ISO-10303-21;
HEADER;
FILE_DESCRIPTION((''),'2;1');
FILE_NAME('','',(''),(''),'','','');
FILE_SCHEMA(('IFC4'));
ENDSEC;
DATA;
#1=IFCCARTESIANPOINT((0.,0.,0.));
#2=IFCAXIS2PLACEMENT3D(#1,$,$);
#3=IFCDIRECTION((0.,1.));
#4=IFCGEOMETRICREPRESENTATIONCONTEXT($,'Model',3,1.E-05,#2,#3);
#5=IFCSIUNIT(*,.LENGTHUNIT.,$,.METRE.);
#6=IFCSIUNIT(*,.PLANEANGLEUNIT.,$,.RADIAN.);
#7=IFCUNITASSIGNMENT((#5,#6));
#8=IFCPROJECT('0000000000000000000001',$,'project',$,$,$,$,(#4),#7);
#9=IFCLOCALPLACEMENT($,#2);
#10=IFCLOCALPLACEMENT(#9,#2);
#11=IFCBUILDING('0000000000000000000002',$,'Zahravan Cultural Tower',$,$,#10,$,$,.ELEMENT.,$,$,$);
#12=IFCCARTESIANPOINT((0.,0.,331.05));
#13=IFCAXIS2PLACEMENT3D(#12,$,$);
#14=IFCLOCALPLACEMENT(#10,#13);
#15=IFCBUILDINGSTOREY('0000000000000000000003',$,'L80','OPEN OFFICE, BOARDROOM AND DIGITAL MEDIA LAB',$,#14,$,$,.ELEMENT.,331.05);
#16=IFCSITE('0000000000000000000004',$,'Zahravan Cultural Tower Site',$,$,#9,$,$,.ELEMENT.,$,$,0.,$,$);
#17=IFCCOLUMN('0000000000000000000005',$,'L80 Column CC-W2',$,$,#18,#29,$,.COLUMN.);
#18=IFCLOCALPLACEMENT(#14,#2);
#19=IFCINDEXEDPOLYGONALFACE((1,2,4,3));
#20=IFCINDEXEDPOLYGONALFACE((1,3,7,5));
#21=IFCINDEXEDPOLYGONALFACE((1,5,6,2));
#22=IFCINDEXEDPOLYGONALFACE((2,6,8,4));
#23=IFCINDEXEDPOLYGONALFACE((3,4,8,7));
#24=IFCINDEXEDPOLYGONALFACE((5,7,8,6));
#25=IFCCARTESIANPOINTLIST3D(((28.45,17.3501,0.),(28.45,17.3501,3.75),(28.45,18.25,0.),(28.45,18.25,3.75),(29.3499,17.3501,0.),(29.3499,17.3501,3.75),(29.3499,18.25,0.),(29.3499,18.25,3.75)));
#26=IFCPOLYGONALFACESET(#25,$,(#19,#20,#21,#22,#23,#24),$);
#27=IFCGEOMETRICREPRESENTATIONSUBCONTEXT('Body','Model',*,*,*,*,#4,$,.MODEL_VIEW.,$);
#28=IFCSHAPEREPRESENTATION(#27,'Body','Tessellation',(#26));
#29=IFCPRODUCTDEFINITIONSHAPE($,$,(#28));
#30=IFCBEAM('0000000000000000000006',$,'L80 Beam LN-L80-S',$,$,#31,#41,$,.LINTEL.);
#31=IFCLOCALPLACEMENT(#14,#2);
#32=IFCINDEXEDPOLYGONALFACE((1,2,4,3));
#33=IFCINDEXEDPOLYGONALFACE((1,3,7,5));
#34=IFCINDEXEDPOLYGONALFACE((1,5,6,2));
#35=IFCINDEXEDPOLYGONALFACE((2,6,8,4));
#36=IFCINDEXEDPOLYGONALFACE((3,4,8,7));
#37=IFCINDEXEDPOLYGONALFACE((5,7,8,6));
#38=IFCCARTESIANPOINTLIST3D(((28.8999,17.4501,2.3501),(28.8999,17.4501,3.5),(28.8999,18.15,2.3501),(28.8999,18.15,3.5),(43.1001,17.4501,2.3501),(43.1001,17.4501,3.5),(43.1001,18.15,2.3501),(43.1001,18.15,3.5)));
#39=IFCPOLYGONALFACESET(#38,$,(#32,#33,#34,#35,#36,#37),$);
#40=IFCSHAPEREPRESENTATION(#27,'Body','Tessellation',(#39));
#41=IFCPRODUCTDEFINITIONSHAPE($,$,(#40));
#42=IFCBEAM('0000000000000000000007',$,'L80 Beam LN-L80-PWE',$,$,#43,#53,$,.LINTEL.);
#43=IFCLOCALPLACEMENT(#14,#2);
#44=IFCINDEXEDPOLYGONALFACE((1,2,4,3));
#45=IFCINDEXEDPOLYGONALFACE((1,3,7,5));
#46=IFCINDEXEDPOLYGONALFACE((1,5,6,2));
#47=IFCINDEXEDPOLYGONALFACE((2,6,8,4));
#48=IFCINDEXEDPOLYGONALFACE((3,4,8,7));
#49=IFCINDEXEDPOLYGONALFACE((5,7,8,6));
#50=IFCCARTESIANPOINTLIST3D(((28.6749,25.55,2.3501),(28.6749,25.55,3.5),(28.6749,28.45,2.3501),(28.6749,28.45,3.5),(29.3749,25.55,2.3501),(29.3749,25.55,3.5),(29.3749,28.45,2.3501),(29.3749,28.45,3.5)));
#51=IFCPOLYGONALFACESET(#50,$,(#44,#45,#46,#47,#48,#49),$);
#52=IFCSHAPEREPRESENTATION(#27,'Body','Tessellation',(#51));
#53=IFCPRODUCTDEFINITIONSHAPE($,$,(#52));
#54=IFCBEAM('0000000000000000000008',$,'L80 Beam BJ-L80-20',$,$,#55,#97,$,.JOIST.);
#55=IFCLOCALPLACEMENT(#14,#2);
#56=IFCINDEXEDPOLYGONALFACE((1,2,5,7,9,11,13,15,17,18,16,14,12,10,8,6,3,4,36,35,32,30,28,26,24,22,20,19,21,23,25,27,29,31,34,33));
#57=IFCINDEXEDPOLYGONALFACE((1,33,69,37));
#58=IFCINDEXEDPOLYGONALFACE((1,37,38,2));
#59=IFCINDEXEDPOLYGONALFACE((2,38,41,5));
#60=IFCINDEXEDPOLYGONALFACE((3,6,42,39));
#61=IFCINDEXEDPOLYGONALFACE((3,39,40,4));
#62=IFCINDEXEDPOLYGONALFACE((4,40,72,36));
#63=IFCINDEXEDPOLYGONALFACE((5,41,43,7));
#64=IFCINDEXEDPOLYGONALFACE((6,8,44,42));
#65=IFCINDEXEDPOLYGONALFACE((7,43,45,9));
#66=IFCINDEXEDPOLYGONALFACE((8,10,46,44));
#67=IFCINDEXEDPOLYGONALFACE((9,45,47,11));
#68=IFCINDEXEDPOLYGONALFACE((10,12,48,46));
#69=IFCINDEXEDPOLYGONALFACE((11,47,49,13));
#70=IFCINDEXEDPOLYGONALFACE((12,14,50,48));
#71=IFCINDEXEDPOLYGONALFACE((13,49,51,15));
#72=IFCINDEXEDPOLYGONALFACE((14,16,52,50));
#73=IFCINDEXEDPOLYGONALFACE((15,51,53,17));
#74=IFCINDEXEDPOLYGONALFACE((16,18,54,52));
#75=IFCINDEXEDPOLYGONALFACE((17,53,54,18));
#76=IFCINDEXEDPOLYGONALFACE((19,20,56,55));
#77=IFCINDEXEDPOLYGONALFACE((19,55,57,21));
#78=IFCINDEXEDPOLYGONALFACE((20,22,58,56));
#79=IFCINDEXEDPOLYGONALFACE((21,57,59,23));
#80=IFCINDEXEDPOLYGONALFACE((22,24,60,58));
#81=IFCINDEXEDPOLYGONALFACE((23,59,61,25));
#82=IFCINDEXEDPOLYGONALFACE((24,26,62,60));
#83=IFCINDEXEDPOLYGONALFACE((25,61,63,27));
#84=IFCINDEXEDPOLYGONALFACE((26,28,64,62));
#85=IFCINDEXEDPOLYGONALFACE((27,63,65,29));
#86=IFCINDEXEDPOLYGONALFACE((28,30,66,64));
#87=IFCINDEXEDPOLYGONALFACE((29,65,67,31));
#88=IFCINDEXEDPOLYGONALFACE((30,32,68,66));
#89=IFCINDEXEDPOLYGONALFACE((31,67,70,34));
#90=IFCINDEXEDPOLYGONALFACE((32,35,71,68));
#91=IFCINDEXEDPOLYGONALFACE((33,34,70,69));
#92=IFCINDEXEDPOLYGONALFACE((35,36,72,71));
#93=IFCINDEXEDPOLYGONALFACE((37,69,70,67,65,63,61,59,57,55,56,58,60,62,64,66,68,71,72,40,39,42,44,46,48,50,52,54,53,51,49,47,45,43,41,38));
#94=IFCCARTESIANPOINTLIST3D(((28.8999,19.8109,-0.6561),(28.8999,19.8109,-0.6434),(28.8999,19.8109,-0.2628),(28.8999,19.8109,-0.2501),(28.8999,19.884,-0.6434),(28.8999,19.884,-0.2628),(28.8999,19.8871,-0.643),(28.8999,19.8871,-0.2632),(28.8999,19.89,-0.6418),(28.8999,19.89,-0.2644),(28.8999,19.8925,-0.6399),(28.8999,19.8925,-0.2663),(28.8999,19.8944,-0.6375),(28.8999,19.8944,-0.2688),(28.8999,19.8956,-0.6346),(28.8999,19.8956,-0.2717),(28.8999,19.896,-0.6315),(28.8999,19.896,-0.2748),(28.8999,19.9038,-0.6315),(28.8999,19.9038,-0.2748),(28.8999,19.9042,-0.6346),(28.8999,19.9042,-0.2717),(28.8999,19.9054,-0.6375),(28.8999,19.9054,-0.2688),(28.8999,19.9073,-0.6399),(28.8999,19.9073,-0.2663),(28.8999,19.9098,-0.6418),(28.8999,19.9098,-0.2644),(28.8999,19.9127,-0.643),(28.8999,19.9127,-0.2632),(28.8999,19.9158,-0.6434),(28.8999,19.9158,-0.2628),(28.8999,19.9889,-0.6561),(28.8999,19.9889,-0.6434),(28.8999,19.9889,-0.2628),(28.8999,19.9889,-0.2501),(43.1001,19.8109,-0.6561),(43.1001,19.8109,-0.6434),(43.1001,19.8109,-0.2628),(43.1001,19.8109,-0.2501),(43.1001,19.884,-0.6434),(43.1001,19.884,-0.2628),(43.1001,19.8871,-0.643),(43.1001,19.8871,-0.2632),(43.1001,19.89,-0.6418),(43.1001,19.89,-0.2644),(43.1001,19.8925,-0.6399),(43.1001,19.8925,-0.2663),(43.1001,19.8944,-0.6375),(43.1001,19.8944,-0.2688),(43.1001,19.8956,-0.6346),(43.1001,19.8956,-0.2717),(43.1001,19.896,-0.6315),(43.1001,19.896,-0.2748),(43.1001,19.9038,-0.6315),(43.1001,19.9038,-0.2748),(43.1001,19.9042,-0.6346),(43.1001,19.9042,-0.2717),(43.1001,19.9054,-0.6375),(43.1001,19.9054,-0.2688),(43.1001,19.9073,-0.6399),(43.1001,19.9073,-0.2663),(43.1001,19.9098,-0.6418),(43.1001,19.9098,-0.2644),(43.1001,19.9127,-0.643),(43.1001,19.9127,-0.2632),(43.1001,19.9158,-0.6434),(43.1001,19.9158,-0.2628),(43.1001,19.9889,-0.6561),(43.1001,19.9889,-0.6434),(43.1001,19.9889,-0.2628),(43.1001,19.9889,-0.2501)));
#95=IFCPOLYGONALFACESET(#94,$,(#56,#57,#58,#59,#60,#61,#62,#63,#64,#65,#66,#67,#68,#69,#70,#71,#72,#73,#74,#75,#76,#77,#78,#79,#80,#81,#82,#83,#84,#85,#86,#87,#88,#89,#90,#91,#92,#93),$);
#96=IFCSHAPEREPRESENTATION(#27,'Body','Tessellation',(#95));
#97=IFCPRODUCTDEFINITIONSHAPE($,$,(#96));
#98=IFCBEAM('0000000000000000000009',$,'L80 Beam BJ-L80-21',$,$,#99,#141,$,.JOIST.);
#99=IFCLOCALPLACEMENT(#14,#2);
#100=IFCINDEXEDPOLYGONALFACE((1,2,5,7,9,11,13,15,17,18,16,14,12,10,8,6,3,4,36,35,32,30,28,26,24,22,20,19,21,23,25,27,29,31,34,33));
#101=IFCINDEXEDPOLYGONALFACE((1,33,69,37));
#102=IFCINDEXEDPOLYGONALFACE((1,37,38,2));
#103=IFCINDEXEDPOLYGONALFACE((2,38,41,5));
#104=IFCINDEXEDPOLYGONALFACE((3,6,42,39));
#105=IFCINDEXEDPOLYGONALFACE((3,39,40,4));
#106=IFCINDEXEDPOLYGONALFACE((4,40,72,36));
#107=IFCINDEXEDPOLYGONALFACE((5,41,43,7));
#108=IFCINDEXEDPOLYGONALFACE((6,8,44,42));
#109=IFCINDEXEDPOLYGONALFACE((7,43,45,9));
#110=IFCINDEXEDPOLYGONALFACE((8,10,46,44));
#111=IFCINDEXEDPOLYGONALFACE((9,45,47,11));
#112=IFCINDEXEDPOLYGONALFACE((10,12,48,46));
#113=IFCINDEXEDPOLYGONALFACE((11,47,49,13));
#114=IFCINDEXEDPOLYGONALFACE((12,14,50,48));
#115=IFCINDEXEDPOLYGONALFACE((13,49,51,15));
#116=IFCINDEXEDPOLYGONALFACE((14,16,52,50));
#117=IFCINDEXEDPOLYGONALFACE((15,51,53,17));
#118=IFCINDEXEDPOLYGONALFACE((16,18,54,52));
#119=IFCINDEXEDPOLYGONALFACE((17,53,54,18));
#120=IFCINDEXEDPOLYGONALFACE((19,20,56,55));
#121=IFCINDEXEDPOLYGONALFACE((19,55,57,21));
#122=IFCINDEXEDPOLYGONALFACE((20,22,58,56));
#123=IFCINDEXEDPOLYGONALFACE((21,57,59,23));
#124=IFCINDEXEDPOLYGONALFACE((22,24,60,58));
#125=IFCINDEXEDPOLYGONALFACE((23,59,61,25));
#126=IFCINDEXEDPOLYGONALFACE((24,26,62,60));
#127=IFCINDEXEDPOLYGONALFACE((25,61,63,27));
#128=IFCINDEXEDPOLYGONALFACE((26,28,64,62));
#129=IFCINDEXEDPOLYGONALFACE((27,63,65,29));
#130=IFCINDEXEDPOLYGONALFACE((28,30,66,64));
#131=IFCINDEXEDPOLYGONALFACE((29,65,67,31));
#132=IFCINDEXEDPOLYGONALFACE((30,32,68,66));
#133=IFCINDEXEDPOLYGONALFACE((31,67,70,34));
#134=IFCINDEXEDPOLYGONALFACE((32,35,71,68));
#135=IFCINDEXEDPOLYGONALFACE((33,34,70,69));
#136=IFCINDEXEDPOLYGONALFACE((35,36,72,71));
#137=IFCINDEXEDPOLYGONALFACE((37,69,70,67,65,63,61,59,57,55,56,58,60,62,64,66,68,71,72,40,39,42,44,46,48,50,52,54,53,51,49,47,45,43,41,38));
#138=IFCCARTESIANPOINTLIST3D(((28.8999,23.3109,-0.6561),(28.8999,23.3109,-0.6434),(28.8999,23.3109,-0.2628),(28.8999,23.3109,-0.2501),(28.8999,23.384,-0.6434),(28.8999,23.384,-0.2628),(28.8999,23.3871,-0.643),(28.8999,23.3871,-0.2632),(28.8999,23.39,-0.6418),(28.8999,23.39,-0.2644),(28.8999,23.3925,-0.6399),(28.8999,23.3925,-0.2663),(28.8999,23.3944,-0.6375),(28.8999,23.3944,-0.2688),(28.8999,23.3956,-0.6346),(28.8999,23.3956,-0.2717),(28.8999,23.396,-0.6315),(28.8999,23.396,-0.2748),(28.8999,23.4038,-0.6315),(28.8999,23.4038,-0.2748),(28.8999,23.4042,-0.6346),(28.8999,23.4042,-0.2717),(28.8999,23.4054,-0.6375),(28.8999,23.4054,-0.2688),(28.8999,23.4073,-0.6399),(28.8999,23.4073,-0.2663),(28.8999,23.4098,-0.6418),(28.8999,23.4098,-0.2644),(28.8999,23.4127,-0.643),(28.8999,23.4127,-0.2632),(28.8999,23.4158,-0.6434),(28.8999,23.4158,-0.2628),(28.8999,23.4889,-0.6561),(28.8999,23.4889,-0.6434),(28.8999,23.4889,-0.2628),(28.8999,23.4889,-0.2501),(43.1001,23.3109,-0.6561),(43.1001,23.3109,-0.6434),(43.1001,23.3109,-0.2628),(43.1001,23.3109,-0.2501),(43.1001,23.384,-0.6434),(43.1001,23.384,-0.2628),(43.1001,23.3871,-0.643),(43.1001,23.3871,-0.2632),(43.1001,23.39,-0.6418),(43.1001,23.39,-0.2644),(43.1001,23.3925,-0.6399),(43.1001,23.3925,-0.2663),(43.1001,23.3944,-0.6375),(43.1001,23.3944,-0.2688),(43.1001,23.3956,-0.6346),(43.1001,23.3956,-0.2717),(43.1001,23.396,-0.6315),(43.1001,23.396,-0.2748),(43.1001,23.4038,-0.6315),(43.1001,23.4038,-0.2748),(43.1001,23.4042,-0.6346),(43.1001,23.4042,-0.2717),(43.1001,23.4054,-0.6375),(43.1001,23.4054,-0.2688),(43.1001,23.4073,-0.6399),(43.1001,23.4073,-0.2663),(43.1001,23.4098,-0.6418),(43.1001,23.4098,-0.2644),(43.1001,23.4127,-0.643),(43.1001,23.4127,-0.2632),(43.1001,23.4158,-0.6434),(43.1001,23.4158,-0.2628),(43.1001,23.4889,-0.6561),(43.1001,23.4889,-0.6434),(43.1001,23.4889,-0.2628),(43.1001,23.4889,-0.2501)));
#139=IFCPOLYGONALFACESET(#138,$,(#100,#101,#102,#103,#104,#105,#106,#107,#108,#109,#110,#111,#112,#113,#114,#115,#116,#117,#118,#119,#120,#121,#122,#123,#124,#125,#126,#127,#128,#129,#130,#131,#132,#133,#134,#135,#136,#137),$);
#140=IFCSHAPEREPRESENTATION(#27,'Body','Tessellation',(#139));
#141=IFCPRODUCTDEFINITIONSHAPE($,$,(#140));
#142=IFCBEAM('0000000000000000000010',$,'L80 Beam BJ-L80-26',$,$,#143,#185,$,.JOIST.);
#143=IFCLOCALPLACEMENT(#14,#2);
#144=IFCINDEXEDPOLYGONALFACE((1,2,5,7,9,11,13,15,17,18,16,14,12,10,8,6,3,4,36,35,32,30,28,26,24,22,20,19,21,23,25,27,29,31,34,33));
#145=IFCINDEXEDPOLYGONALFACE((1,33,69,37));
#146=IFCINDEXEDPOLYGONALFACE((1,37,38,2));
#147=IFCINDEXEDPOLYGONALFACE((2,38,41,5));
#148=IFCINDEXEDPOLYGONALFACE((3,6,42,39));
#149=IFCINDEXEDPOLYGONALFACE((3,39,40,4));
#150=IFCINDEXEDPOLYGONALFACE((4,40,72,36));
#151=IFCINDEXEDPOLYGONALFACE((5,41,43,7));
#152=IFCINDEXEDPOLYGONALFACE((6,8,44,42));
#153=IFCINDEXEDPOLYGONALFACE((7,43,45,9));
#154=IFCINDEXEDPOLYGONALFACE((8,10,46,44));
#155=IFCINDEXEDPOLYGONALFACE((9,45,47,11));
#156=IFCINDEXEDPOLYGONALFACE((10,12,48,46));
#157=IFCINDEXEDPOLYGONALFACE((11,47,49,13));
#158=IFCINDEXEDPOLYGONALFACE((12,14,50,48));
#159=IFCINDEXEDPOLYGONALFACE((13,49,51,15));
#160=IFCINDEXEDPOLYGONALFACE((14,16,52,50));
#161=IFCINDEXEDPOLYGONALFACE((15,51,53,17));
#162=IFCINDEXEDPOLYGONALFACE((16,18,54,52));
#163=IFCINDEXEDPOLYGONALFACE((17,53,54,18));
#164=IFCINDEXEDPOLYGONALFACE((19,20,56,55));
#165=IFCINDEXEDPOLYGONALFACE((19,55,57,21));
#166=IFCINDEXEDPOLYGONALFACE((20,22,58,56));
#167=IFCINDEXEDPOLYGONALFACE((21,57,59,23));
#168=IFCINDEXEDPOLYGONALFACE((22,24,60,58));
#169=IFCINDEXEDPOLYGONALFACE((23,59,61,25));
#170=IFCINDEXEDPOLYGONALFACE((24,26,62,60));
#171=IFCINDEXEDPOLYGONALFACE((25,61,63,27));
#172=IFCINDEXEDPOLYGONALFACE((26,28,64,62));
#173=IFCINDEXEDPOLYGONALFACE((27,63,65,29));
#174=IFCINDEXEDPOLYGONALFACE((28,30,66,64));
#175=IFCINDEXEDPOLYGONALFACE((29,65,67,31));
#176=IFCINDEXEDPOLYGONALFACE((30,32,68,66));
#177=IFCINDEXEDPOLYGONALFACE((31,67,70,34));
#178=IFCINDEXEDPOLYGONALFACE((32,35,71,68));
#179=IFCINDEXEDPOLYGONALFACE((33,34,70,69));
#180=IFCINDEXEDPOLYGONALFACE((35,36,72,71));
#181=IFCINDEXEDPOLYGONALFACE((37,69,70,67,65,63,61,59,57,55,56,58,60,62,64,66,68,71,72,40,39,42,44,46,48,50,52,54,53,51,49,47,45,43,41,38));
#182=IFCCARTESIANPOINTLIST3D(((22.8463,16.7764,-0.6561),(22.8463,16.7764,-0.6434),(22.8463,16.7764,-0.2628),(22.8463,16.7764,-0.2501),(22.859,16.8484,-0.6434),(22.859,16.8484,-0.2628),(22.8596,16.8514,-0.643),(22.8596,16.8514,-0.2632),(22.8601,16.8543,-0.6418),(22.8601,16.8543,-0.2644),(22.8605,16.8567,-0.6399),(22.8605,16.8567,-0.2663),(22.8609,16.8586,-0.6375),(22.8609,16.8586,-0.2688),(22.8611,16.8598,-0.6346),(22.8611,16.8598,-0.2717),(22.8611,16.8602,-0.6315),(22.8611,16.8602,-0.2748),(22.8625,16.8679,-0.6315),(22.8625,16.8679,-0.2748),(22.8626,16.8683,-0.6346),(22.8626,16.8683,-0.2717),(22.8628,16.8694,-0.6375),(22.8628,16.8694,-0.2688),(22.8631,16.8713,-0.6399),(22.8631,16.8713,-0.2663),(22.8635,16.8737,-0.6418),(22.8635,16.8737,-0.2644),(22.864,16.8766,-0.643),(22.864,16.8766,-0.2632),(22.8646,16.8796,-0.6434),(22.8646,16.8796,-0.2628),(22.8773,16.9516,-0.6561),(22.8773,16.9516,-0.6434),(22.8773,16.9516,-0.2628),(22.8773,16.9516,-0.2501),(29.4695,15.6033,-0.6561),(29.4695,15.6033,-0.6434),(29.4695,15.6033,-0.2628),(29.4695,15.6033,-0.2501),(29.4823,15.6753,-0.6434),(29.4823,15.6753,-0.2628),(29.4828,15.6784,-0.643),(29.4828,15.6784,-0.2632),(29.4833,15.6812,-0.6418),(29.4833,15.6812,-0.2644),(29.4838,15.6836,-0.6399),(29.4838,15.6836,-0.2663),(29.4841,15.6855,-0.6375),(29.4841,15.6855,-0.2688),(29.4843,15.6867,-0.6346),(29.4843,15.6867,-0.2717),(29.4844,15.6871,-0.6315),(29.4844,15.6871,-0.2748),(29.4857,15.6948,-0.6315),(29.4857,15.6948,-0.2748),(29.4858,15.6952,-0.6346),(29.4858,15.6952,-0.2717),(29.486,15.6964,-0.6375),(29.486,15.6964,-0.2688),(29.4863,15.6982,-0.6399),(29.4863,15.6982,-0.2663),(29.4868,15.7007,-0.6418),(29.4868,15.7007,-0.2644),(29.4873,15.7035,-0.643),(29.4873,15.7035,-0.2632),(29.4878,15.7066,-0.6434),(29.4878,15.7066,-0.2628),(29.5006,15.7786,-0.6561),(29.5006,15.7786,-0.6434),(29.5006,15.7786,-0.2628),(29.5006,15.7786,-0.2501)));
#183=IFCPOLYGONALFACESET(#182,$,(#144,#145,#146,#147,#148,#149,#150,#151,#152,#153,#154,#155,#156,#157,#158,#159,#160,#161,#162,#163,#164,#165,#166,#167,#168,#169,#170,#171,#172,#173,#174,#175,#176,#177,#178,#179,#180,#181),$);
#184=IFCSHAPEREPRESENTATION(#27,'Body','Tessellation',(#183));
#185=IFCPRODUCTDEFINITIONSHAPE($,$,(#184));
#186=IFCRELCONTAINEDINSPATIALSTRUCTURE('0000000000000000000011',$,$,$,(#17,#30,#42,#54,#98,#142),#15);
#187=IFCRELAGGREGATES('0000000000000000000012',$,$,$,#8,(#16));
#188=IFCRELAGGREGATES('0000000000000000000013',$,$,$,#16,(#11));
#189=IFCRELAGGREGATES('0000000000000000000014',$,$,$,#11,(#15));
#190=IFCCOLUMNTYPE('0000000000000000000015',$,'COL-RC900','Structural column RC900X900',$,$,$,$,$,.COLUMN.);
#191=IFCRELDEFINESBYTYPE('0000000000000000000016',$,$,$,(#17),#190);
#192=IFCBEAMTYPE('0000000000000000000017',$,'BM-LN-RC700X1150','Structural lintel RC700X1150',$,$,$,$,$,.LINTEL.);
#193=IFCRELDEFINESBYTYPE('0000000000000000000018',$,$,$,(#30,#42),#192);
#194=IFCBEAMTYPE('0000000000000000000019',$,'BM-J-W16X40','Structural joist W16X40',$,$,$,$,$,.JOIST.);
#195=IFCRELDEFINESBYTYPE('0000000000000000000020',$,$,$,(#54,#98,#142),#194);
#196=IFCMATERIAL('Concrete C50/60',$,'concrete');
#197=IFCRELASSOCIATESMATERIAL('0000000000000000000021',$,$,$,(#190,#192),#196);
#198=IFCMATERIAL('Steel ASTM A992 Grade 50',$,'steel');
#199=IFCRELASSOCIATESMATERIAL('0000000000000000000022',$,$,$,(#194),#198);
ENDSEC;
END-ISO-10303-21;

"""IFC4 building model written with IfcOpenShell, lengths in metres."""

from ifc_helpers import new_model, si_unit, direction, frame, origin, origin_2d, place, context, subcontext, project, spatial, rectangle, i_section, extrude, source, transform, mapped, material, material_profile, profile_set, type_object, element, save


model = new_model("IFC4")

# Units and contexts
model_context = context("Model", 3, precision=1e-05, world=origin(), true_north=direction((0.0, 1.0)))
body_context = subcontext(model_context, "Body", "Model", "MODEL_VIEW")
ifc_project = project(units=[si_unit("LENGTHUNIT", "METRE"), si_unit("PLANEANGLEUNIT", "RADIAN")], contexts=[model_context])

# Site, building, storey
site_placement = place(None, origin())
site = spatial("IfcSite", under=ifc_project, at=site_placement, Name="Zahravan Cultural Tower Site", CompositionType="ELEMENT", RefElevation=0.0)
building_placement = place(site_placement, origin())
building = spatial("IfcBuilding", under=site, at=building_placement, Name="Zahravan Cultural Tower", CompositionType="ELEMENT")
storey_placement = place(building_placement, frame((0.0, 0.0, 331.05)))
storey = spatial("IfcBuildingStorey", under=building, at=storey_placement, Name="L80", Description="OPEN OFFICE, BOARDROOM AND DIGITAL MEDIA LAB", CompositionType="ELEMENT", Elevation=331.05)

# Column
ifc_material_1 = material(Name="Concrete C50/60", Category="concrete")
ifc_material_profile_1 = material_profile(ifc_material_1, rectangle(XDim=0.8999, YDim=0.8999, at=origin_2d()), Name="RC900X900")
ifc_profile_set_1 = profile_set([ifc_material_profile_1], Name="Concrete C50/60")
column_type = type_object("IfcColumnType", Name="COL-RC900", Description="Structural column RC900X900", PredefinedType="COLUMN", material=ifc_profile_set_1)
shared_shape_1 = source(origin(), body_context, "Body", "SweptSolid", [
    extrude(rectangle(XDim=0.8999, YDim=0.8999, at=origin_2d()), origin(), (0.0, 0.0, 1.0), 3.75),
])
column_placement = place(storey_placement, frame((28.8999, 17.8, 0.0), z_axis=(0.0, 0.0, 1.0), x_axis=(1.0, 0.0, 0.0)))
element("IfcColumn", 1, at=column_placement, inside=storey, type_object=column_type, Name="L80 Column CC-W2", PredefinedType="COLUMN", context=body_context, shape_type="MappedRepresentation", body=[
    mapped(shared_shape_1, transform((0.0, 0.0, 0.0), x_axis=(1.0, 0.0, 0.0), y_axis=(0.0, 1.0, 0.0), z_axis=(0.0, 0.0, 1.0), scale=1.0)),
])

# Beams
ifc_material_profile_2 = material_profile(ifc_material_1, rectangle(XDim=0.7, YDim=1.1499, at=origin_2d()), Name="RC700X1150")
ifc_profile_set_2 = profile_set([ifc_material_profile_2], Name="Concrete C50/60")
beam_type_1 = type_object("IfcBeamType", Name="BM-LN-RC700X1150", Description="Structural lintel RC700X1150", PredefinedType="LINTEL", material=ifc_profile_set_2)
shared_shape_2 = source(origin(), body_context, "Body", "SweptSolid", [
    extrude(rectangle(XDim=0.7, YDim=1.1499, at=origin_2d()), origin(), (0.0, 0.0, 1.0), 14.2002),
])
beam_1_placement = place(storey_placement, frame((28.8999, 17.8, 2.925), z_axis=(1.0, 0.0, 0.0), x_axis=(0.0, 1.0, 0.0)))
element("IfcBeam", 2, at=beam_1_placement, inside=storey, type_object=beam_type_1, Name="L80 Beam LN-L80-S", PredefinedType="LINTEL", context=body_context, shape_type="MappedRepresentation", body=[
    mapped(shared_shape_2, transform((0.0, 0.0, 0.0), x_axis=(1.0, 0.0, 0.0), y_axis=(0.0, 1.0, 0.0), z_axis=(0.0, 0.0, 1.0), scale=1.0)),
])
shared_shape_3 = source(origin(), body_context, "Body", "SweptSolid", [
    extrude(rectangle(XDim=0.7, YDim=1.1499, at=origin_2d()), origin(), (0.0, 0.0, 1.0), 2.8999),
])
beam_2_placement = place(storey_placement, frame((29.0249, 25.55, 2.925), z_axis=(0.0, 1.0, 0.0), x_axis=(-1.0, 0.0, 0.0)))
element("IfcBeam", 3, at=beam_2_placement, inside=storey, type_object=beam_type_1, Name="L80 Beam LN-L80-PWE", PredefinedType="LINTEL", context=body_context, shape_type="MappedRepresentation", body=[
    mapped(shared_shape_3, transform((0.0, 0.0, 0.0), x_axis=(1.0, 0.0, 0.0), y_axis=(0.0, 1.0, 0.0), z_axis=(0.0, 0.0, 1.0), scale=1.0)),
])
ifc_material_2 = material(Name="Steel ASTM A992 Grade 50", Category="steel")
ifc_material_profile_3 = material_profile(ifc_material_2, i_section(OverallWidth=0.178, OverallDepth=0.406, WebThickness=0.0078, FlangeThickness=0.0127, FilletRadius=0.012, at=origin_2d()), Name="W16X40")
ifc_profile_set_3 = profile_set([ifc_material_profile_3], Name="Steel ASTM A992 Grade 50")
beam_type_2 = type_object("IfcBeamType", Name="BM-J-W16X40", Description="Structural joist W16X40", PredefinedType="JOIST", material=ifc_profile_set_3)
shared_shape_4 = source(origin(), body_context, "Body", "SweptSolid", [
    extrude(i_section(OverallWidth=0.178, OverallDepth=0.406, WebThickness=0.0078, FlangeThickness=0.0127, FilletRadius=0.012, at=origin_2d()), origin(), (0.0, 0.0, 1.0), 14.2002),
])
for number, where, z_axis, x_axis, name in (
    (4, (28.8999, 19.8999, -0.4531), (1.0, 0.0, 0.0), (0.0, 1.0, 0.0), "L80 Beam BJ-L80-20"),
    (5, (28.8999, 23.3999, -0.4531), (1.0, 0.0, 0.0), (0.0, 1.0, 0.0), "L80 Beam BJ-L80-21"),
):
    element("IfcBeam", number, at=place(storey_placement, frame(where, z_axis=z_axis, x_axis=x_axis)), inside=storey, type_object=beam_type_2, Name=name, PredefinedType="JOIST", context=body_context, shape_type="MappedRepresentation", body=[
        mapped(shared_shape_4, transform((0.0, 0.0, 0.0), x_axis=(1.0, 0.0, 0.0), y_axis=(0.0, 1.0, 0.0), z_axis=(0.0, 0.0, 1.0), scale=1.0)),
    ])
shared_shape_5 = source(origin(), body_context, "Body", "SweptSolid", [
    extrude(i_section(OverallWidth=0.178, OverallDepth=0.406, WebThickness=0.0078, FlangeThickness=0.0127, FilletRadius=0.012, at=origin_2d()), origin(), (0.0, 0.0, 1.0), 6.7263),
])
beam_3_placement = place(storey_placement, frame((22.8618, 16.864, -0.4531), z_axis=(0.984674, -0.174402, 0.0), x_axis=(0.174402, 0.984674, 0.0)))
element("IfcBeam", 6, at=beam_3_placement, inside=storey, type_object=beam_type_2, Name="L80 Beam BJ-L80-26", PredefinedType="JOIST", context=body_context, shape_type="MappedRepresentation", body=[
    mapped(shared_shape_5, transform((0.0, 0.0, 0.0), x_axis=(1.0, 0.0, 0.0), y_axis=(0.0, 1.0, 0.0), z_axis=(0.0, 0.0, 1.0), scale=1.0)),
])

save(model, "model.ifc")
